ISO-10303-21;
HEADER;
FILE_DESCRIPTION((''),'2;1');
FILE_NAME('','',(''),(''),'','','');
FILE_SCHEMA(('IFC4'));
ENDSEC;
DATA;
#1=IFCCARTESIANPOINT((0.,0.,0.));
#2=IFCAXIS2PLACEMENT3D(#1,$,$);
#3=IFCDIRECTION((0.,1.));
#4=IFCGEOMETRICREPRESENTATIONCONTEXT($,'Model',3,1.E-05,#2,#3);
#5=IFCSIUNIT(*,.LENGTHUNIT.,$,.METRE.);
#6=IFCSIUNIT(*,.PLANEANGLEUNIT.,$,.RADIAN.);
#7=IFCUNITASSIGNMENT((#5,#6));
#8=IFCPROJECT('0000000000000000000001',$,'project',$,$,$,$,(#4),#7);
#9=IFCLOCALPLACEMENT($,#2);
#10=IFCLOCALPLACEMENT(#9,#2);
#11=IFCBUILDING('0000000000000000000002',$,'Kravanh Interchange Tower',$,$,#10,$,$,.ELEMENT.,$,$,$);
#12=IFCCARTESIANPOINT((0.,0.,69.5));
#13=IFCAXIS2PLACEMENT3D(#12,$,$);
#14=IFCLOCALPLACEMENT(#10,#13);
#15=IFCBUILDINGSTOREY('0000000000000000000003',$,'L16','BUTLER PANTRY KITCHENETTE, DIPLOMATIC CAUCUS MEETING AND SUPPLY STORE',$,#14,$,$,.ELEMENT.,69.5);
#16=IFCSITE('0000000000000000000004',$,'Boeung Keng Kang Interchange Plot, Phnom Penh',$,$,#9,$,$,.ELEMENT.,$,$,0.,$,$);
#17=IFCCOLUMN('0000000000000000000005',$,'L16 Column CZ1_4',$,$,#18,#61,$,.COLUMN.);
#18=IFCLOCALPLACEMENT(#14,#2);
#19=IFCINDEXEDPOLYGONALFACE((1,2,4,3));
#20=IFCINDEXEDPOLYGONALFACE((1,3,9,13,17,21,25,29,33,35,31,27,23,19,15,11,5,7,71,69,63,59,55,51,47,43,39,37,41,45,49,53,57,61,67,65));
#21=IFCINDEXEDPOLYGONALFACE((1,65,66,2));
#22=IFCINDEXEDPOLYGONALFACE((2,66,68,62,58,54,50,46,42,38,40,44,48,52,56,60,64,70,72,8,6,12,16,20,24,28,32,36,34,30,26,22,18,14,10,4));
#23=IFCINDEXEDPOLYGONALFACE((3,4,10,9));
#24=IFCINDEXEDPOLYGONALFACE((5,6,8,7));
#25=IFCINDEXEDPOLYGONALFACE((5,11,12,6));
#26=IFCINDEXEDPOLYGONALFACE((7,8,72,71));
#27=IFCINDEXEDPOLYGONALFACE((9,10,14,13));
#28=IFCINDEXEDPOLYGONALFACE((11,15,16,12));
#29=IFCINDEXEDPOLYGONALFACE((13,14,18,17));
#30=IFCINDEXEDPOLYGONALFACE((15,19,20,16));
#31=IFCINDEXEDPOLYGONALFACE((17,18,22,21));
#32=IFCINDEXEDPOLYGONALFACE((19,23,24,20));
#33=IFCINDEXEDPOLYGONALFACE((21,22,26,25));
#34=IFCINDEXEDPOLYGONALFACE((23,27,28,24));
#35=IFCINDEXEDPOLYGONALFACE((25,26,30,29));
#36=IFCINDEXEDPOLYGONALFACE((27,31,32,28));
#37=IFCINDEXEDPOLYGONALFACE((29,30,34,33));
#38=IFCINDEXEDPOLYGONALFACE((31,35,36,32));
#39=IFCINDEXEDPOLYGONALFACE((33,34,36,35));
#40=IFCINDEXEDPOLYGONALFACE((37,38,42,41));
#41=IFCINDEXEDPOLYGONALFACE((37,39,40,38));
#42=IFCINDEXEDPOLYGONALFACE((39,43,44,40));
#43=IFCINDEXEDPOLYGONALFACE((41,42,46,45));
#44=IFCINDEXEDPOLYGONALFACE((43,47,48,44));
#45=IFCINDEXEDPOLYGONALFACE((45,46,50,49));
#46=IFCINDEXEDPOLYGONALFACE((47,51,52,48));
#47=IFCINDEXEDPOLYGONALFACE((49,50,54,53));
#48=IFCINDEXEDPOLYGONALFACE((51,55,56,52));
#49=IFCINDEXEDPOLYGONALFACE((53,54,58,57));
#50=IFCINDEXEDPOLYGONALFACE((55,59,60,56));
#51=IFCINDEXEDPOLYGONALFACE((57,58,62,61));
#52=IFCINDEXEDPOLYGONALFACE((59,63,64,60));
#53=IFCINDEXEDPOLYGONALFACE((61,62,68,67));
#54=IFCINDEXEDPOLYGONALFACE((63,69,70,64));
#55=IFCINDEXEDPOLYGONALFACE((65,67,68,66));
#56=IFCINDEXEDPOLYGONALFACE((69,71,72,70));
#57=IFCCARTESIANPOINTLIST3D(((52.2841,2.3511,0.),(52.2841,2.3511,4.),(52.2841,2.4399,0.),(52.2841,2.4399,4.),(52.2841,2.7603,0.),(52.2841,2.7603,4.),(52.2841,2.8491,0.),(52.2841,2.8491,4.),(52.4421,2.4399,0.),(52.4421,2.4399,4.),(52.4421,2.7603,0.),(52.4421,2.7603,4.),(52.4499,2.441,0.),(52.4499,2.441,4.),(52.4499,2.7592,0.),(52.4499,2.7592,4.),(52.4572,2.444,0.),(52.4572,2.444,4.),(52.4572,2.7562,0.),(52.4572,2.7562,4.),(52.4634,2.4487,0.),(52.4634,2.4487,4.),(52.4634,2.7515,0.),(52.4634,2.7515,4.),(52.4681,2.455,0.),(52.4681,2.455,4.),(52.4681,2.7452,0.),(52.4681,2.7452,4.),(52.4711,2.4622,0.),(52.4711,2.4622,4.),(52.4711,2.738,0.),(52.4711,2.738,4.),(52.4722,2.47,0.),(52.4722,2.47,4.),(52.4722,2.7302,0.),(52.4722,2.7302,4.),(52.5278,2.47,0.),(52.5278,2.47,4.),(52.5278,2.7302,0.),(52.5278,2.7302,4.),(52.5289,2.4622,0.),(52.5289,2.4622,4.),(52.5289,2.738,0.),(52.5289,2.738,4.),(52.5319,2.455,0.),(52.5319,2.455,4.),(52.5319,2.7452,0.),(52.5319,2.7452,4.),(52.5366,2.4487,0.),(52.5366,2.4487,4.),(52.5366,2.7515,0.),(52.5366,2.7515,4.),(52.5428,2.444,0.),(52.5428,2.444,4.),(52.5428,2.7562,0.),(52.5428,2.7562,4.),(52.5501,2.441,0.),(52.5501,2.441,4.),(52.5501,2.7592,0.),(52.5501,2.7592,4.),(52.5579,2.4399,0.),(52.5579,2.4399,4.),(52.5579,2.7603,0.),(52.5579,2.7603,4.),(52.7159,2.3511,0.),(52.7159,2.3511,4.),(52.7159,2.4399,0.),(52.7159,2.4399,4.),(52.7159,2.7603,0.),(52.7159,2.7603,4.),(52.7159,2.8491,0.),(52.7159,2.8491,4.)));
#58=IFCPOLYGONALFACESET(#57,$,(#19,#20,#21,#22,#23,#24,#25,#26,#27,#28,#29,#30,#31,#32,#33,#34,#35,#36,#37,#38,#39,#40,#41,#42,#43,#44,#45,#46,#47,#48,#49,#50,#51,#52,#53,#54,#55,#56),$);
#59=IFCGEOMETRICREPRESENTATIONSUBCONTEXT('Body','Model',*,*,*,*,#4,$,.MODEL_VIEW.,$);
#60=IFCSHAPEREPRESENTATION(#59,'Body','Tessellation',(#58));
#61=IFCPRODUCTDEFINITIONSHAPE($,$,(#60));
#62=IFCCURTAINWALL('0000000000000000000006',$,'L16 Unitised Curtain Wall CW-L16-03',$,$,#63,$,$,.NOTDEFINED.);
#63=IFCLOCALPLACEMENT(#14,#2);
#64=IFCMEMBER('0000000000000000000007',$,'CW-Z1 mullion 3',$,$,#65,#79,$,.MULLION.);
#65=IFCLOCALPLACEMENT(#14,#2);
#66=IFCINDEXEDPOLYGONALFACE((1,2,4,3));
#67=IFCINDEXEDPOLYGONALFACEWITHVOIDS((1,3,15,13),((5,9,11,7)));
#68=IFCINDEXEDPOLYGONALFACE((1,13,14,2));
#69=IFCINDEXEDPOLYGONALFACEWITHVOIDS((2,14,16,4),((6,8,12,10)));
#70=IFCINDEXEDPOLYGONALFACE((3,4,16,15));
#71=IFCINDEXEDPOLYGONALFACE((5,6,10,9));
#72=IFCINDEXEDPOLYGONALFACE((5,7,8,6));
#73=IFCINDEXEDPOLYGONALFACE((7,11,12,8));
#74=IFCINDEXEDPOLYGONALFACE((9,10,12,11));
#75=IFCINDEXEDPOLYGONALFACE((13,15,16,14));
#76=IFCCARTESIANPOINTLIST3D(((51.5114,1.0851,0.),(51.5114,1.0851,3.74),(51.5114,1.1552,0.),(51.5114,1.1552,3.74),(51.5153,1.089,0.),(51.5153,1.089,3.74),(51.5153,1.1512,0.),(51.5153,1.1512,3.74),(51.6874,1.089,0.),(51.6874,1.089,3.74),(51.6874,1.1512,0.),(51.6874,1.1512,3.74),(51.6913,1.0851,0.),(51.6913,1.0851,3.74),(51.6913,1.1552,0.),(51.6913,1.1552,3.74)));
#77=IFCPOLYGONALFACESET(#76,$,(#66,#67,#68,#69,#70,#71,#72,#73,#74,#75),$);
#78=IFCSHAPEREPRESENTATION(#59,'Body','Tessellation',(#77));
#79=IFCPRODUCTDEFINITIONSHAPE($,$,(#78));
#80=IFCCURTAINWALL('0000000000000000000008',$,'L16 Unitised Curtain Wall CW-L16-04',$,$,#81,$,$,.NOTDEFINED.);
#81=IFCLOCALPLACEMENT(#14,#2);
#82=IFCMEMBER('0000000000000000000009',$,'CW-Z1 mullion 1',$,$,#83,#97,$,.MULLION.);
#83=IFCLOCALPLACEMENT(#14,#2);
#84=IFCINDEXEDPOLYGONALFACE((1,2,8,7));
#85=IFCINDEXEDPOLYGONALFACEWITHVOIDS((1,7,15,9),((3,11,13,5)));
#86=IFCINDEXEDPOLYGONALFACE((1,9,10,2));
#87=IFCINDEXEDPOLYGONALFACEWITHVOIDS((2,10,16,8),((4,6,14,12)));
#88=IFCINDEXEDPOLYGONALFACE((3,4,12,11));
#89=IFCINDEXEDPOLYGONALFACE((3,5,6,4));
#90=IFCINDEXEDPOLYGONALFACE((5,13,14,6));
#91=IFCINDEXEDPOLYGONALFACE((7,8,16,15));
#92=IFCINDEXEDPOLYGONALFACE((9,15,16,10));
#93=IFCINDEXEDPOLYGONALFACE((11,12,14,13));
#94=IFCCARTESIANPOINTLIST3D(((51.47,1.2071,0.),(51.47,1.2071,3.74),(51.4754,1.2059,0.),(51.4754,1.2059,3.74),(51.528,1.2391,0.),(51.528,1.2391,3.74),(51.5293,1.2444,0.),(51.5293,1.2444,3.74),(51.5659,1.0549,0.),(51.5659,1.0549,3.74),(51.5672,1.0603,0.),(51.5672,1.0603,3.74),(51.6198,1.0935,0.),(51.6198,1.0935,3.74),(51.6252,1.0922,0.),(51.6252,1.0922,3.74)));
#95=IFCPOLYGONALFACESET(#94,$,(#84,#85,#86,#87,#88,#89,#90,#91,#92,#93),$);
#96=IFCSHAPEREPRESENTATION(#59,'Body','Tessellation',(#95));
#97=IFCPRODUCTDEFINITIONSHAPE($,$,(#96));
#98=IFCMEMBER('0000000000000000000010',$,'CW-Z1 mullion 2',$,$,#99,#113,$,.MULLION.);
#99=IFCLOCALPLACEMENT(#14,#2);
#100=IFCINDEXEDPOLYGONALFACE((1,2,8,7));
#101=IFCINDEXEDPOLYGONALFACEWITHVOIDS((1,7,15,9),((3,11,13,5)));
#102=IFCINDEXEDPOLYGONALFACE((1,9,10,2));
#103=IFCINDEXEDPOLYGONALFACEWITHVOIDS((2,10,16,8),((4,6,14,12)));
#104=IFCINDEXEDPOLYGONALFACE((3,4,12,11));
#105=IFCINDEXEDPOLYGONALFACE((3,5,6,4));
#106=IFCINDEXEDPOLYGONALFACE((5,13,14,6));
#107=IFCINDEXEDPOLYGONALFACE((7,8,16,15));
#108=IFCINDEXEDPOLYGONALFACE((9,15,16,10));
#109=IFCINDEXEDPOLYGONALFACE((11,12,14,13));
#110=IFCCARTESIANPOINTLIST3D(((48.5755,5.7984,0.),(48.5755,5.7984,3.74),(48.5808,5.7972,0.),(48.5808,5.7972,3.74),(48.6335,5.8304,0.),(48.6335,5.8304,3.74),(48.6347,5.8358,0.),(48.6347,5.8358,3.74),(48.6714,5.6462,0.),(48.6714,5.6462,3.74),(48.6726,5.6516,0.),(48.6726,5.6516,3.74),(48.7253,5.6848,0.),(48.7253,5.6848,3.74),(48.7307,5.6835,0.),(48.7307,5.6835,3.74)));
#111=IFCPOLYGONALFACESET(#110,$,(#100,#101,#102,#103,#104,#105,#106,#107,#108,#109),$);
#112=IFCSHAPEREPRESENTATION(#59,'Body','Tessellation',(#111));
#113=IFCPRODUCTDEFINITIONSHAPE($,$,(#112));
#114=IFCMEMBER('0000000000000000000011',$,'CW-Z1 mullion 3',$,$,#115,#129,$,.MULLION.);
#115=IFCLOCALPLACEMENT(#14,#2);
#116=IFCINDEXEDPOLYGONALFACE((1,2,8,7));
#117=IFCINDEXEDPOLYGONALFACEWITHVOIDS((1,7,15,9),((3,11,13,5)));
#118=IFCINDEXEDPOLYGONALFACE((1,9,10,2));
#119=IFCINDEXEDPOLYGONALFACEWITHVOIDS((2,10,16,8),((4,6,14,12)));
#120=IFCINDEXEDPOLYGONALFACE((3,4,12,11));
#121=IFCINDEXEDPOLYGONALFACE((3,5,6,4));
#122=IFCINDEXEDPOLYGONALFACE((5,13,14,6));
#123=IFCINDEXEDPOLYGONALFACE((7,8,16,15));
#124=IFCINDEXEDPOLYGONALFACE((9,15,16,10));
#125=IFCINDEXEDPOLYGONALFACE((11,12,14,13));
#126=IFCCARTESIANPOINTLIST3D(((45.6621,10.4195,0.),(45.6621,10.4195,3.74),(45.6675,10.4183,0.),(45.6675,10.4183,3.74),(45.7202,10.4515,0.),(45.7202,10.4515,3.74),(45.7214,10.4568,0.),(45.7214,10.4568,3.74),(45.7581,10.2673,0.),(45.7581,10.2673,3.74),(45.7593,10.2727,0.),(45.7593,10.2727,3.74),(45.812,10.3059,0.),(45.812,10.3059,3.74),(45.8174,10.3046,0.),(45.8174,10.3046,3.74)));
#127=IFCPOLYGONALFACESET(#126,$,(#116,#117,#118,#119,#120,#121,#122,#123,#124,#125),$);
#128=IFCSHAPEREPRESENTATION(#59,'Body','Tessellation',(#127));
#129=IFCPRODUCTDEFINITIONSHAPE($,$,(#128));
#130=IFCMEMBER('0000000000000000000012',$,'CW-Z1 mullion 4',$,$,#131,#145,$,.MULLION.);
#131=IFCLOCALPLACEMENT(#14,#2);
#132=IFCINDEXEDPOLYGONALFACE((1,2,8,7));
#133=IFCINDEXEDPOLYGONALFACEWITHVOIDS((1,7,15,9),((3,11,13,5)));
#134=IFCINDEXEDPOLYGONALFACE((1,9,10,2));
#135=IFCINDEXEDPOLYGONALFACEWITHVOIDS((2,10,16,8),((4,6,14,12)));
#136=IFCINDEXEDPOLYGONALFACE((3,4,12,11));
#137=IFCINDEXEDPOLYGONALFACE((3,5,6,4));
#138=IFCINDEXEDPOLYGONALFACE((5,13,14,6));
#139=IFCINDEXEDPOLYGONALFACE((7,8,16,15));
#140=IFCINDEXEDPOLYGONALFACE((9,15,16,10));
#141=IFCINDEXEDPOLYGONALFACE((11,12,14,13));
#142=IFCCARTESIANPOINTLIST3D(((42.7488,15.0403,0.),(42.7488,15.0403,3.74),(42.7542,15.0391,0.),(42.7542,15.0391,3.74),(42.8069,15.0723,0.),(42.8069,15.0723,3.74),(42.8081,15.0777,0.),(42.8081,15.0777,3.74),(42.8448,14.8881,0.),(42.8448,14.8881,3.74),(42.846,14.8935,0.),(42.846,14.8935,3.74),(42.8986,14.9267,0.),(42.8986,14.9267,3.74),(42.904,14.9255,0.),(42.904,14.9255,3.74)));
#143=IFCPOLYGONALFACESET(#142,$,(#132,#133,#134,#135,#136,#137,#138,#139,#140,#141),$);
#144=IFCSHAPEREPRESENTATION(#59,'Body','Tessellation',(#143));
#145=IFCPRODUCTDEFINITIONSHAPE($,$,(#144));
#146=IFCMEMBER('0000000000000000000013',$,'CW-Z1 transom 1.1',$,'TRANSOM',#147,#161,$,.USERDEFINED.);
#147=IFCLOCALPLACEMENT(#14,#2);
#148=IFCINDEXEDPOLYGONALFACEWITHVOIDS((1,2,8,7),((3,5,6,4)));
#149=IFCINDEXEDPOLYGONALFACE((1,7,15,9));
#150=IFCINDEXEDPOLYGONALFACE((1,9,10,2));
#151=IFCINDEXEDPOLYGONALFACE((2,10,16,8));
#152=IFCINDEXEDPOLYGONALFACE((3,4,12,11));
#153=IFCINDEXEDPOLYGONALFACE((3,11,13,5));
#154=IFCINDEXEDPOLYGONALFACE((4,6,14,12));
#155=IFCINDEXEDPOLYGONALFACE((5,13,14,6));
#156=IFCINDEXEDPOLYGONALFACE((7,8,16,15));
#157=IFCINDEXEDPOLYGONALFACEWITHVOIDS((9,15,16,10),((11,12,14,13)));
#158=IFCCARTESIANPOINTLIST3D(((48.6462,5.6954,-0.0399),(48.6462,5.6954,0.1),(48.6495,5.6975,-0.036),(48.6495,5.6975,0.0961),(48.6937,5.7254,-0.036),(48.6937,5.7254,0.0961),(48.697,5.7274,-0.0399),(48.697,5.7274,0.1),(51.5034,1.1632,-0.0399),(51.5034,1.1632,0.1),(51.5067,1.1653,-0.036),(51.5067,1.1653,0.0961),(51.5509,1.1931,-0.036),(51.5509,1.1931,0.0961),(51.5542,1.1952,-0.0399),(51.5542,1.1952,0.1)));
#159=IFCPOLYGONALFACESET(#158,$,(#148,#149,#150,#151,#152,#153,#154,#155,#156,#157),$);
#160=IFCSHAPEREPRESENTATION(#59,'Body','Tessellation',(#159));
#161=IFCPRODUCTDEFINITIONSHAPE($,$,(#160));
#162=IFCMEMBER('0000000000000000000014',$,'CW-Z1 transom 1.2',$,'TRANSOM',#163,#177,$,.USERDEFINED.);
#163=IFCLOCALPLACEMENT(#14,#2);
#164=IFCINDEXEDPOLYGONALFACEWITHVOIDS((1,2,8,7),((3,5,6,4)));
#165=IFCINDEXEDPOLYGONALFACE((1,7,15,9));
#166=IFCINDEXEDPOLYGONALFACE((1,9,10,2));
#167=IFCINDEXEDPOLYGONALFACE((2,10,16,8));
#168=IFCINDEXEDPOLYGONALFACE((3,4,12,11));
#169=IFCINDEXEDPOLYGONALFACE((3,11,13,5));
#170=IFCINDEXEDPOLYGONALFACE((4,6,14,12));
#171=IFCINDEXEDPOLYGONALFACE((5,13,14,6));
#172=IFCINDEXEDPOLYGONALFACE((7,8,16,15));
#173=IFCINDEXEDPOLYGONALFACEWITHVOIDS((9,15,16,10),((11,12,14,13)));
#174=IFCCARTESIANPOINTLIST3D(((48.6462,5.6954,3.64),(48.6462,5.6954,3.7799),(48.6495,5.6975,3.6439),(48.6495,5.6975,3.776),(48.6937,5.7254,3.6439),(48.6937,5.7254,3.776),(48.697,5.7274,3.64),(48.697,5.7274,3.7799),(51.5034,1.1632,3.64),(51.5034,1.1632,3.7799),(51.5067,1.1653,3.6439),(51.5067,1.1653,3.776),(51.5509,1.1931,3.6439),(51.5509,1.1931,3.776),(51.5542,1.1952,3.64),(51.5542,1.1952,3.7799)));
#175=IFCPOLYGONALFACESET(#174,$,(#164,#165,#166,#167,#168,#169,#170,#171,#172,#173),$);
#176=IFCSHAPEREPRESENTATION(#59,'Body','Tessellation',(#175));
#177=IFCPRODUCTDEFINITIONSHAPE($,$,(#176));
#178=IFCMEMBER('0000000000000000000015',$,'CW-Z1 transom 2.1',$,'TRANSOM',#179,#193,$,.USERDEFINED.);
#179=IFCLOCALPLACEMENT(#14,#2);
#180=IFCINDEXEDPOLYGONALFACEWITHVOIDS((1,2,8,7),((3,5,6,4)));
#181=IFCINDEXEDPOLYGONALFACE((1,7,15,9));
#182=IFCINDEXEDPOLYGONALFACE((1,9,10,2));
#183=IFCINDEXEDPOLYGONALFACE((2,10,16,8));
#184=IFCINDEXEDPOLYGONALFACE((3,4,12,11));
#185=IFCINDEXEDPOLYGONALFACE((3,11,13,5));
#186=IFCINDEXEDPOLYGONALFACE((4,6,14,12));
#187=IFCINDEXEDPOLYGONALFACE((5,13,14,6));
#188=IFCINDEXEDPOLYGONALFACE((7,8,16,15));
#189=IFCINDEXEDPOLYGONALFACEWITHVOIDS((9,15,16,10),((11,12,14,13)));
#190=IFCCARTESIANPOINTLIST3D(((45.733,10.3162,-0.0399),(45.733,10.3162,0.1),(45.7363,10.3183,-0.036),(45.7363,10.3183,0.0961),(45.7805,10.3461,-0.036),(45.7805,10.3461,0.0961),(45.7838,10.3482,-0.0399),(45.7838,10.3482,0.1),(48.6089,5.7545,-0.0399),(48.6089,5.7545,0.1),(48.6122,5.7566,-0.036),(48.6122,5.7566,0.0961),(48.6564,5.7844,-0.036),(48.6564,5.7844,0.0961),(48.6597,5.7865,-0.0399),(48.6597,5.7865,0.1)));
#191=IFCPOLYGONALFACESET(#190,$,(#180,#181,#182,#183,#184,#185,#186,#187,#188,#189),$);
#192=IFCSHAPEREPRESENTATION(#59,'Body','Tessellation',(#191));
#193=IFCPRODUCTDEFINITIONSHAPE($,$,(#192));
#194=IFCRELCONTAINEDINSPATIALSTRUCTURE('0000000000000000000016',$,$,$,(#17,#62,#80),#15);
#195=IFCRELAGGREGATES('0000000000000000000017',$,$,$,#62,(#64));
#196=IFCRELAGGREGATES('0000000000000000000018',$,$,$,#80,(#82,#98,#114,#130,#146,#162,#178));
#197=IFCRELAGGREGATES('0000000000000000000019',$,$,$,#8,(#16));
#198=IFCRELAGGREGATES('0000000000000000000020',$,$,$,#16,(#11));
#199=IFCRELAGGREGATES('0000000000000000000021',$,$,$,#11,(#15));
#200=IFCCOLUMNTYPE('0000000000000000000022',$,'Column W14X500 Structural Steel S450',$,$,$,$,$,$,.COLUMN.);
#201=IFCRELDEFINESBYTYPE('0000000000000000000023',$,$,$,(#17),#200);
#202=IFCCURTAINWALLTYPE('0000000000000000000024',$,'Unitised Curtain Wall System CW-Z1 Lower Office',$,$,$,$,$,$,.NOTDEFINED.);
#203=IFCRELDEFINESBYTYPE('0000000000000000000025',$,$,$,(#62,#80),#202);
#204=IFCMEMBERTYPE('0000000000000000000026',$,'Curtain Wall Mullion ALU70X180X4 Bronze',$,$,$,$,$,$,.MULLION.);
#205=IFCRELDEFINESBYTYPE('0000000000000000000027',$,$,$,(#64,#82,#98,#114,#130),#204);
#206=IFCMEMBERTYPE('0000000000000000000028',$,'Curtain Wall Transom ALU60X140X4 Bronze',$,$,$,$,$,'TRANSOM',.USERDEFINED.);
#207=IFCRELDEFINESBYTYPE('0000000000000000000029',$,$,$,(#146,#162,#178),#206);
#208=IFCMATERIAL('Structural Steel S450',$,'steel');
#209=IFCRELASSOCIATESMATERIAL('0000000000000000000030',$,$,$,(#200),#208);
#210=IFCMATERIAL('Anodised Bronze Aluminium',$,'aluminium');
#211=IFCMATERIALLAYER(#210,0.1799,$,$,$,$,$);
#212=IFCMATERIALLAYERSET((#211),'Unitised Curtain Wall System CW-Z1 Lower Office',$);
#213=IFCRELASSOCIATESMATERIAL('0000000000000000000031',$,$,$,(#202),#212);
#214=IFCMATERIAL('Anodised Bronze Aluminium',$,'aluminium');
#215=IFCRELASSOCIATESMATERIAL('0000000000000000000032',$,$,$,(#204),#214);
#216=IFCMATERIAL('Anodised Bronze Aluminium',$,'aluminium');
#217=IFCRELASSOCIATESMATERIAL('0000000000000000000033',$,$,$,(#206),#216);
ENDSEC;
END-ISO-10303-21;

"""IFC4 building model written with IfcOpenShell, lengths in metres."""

from ifc_helpers import new_model, si_unit, direction, frame, origin, origin_2d, place, context, subcontext, project, spatial, hollow_rectangle, i_section, extrude, material, layer, layer_set, material_profile, profile_set, type_object, element, aggregate, save


model = new_model("IFC4")

# Units and contexts
model_context = context("Model", 3, precision=1e-05, world=origin(), true_north=direction((0.0, 1.0)))
body_context = subcontext(model_context, "Body", "Model", "MODEL_VIEW")
ifc_project = project(units=[si_unit("LENGTHUNIT", "METRE"), si_unit("PLANEANGLEUNIT", "RADIAN")], contexts=[model_context])

# Site, building, storey
site_placement = place(None, origin())
site = spatial("IfcSite", under=ifc_project, at=site_placement, Name="Boeung Keng Kang Interchange Plot, Phnom Penh", CompositionType="ELEMENT", RefElevation=0.0)
building_placement = place(site_placement, origin())
building = spatial("IfcBuilding", under=site, at=building_placement, Name="Kravanh Interchange Tower", CompositionType="ELEMENT")
storey_placement = place(building_placement, frame((0.0, 0.0, 69.5)))
storey = spatial("IfcBuildingStorey", under=building, at=storey_placement, Name="L16", Description="BUTLER PANTRY KITCHENETTE, DIPLOMATIC CAUCUS MEETING AND SUPPLY STORE", CompositionType="ELEMENT", Elevation=69.5)

# Column
ifc_material_1 = material(Name="Structural Steel S450", Category="steel")
ifc_material_profile_1 = material_profile(ifc_material_1, i_section(OverallWidth=0.4319, OverallDepth=0.498, WebThickness=0.0557, FlangeThickness=0.0889, FilletRadius=0.03, at=origin_2d()), Name="W14X500")
ifc_profile_set_1 = profile_set([ifc_material_profile_1], Name="Structural Steel S450")
column_type = type_object("IfcColumnType", Name="Column W14X500 Structural Steel S450", PredefinedType="COLUMN", material=ifc_profile_set_1)
column_placement = place(storey_placement, frame((52.5, 2.6001, 0.0), z_axis=(0.0, 0.0, 1.0), x_axis=(1.0, 0.0, 0.0)))
element("IfcColumn", 1, at=column_placement, inside=storey, type_object=column_type, Name="L16 Column CZ1_4", PredefinedType="COLUMN", context=body_context, shape_type="SweptSolid", body=[
    extrude(i_section(OverallWidth=0.4319, OverallDepth=0.498, WebThickness=0.0557, FlangeThickness=0.0889, FilletRadius=0.03, at=origin_2d()), origin(), (0.0, 0.0, 1.0), 4.0),
])

# Curtain wall, member
ifc_material_2 = material(Name="Anodised Bronze Aluminium", Category="aluminium")
ifc_layer_1 = layer(ifc_material_2, 0.1799)
ifc_layer_set_1 = layer_set([ifc_layer_1], Name="Unitised Curtain Wall System CW-Z1 Lower Office")
curtain_wall_type = type_object("IfcCurtainWallType", Name="Unitised Curtain Wall System CW-Z1 Lower Office", PredefinedType="NOTDEFINED", material=ifc_layer_set_1)
curtain_wall_1_placement = place(storey_placement, origin())
curtain_wall_1 = element("IfcCurtainWall", 2, at=curtain_wall_1_placement, inside=storey, type_object=curtain_wall_type, Name="L16 Unitised Curtain Wall CW-L16-03", PredefinedType="NOTDEFINED")
ifc_material_3 = material(Name="Anodised Bronze Aluminium", Category="aluminium")
ifc_material_profile_2 = material_profile(ifc_material_3, hollow_rectangle(XDim=0.0701, YDim=0.1799, WallThickness=0.0039, at=origin_2d()), Name="ALU70X180X4")
ifc_profile_set_2 = profile_set([ifc_material_profile_2], Name="Anodised Bronze Aluminium")
member_type_1 = type_object("IfcMemberType", Name="Curtain Wall Mullion ALU70X180X4 Bronze", PredefinedType="MULLION", material=ifc_profile_set_2)
member_1_placement = place(storey_placement, frame((51.6013, 1.1201, 0.0), z_axis=(0.0, 0.0, 1.0), x_axis=(0.0, -1.0, 0.0)))
member_1 = element("IfcMember", 3, at=member_1_placement, type_object=member_type_1, Name="CW-Z1 mullion 3", PredefinedType="MULLION", context=body_context, shape_type="SweptSolid", body=[
    extrude(hollow_rectangle(XDim=0.0701, YDim=0.1799, WallThickness=0.0039, at=origin_2d()), origin(), (0.0, 0.0, 1.0), 3.74),
])
aggregate(curtain_wall_1, [member_1])

# Curtain wall, members
curtain_wall_2_placement = place(storey_placement, origin())
curtain_wall_2 = element("IfcCurtainWall", 4, at=curtain_wall_2_placement, inside=storey, type_object=curtain_wall_type, Name="L16 Unitised Curtain Wall CW-L16-04", PredefinedType="NOTDEFINED")
member_2_placement = place(storey_placement, frame((51.5476, 1.1497, 0.0), z_axis=(0.0, 0.0, 1.0), x_axis=(-0.845926, -0.533301, 0.0)))
member_2 = element("IfcMember", 5, at=member_2_placement, type_object=member_type_1, Name="CW-Z1 mullion 1", PredefinedType="MULLION", context=body_context, shape_type="SweptSolid", body=[
    extrude(hollow_rectangle(XDim=0.0701, YDim=0.1799, WallThickness=0.0039, at=origin_2d()), origin(), (0.0, 0.0, 1.0), 3.74),
])
member_3_placement = place(storey_placement, frame((48.6531, 5.741, 0.0), z_axis=(0.0, 0.0, 1.0), x_axis=(-0.845926, -0.533301, 0.0)))
member_3 = element("IfcMember", 6, at=member_3_placement, type_object=member_type_1, Name="CW-Z1 mullion 2", PredefinedType="MULLION", context=body_context, shape_type="SweptSolid", body=[
    extrude(hollow_rectangle(XDim=0.0701, YDim=0.1799, WallThickness=0.0039, at=origin_2d()), origin(), (0.0, 0.0, 1.0), 3.74),
])
member_4_placement = place(storey_placement, frame((45.7397, 10.3621, 0.0), z_axis=(0.0, 0.0, 1.0), x_axis=(-0.845926, -0.533301, 0.0)))
member_4 = element("IfcMember", 7, at=member_4_placement, type_object=member_type_1, Name="CW-Z1 mullion 3", PredefinedType="MULLION", context=body_context, shape_type="SweptSolid", body=[
    extrude(hollow_rectangle(XDim=0.0701, YDim=0.1799, WallThickness=0.0039, at=origin_2d()), origin(), (0.0, 0.0, 1.0), 3.74),
])
member_5_placement = place(storey_placement, frame((42.8264, 14.9829, 0.0), z_axis=(0.0, 0.0, 1.0), x_axis=(-0.845926, -0.533301, 0.0)))
member_5 = element("IfcMember", 8, at=member_5_placement, type_object=member_type_1, Name="CW-Z1 mullion 4", PredefinedType="MULLION", context=body_context, shape_type="SweptSolid", body=[
    extrude(hollow_rectangle(XDim=0.0701, YDim=0.1799, WallThickness=0.0039, at=origin_2d()), origin(), (0.0, 0.0, 1.0), 3.74),
])
ifc_material_4 = material(Name="Anodised Bronze Aluminium", Category="aluminium")
ifc_material_profile_3 = material_profile(ifc_material_4, hollow_rectangle(XDim=0.0601, YDim=0.1399, WallThickness=0.0039, at=origin_2d()), Name="ALU60X140X4")
ifc_profile_set_3 = profile_set([ifc_material_profile_3], Name="Anodised Bronze Aluminium")
member_type_2 = type_object("IfcMemberType", Name="Curtain Wall Transom ALU60X140X4 Bronze", ElementType="TRANSOM", PredefinedType="USERDEFINED", material=ifc_profile_set_3)
member_6_placement = place(storey_placement, frame((51.5288, 1.1792, 0.03), z_axis=(-0.533288, 0.845934, 0.0), x_axis=(-0.845934, -0.533288, 0.0)))
member_6 = element("IfcMember", 9, at=member_6_placement, type_object=member_type_2, Name="CW-Z1 transom 1.1", ObjectType="TRANSOM", PredefinedType="USERDEFINED", context=body_context, shape_type="SweptSolid", body=[
    extrude(hollow_rectangle(XDim=0.0601, YDim=0.1399, WallThickness=0.0039, at=origin_2d()), origin(), (0.0, 0.0, 1.0), 5.3577),
])
member_7_placement = place(storey_placement, frame((51.5288, 1.1792, 3.71), z_axis=(-0.533288, 0.845934, 0.0), x_axis=(-0.845934, -0.533288, 0.0)))
member_7 = element("IfcMember", 10, at=member_7_placement, type_object=member_type_2, Name="CW-Z1 transom 1.2", ObjectType="TRANSOM", PredefinedType="USERDEFINED", context=body_context, shape_type="SweptSolid", body=[
    extrude(hollow_rectangle(XDim=0.0601, YDim=0.1399, WallThickness=0.0039, at=origin_2d()), origin(), (0.0, 0.0, 1.0), 5.3577),
])
member_8_placement = place(storey_placement, frame((48.6343, 5.7705, 0.03), z_axis=(-0.533311, 0.845919, 0.0), x_axis=(-0.845919, -0.533311, 0.0)))
member_8 = element("IfcMember", 11, at=member_8_placement, type_object=member_type_2, Name="CW-Z1 transom 2.1", ObjectType="TRANSOM", PredefinedType="USERDEFINED", context=body_context, shape_type="SweptSolid", body=[
    extrude(hollow_rectangle(XDim=0.0601, YDim=0.1399, WallThickness=0.0039, at=origin_2d()), origin(), (0.0, 0.0, 1.0), 5.3926),
])

aggregate(curtain_wall_2, [member_2, member_3, member_4, member_5, member_6, member_7, member_8])

save(model, "model.ifc")
